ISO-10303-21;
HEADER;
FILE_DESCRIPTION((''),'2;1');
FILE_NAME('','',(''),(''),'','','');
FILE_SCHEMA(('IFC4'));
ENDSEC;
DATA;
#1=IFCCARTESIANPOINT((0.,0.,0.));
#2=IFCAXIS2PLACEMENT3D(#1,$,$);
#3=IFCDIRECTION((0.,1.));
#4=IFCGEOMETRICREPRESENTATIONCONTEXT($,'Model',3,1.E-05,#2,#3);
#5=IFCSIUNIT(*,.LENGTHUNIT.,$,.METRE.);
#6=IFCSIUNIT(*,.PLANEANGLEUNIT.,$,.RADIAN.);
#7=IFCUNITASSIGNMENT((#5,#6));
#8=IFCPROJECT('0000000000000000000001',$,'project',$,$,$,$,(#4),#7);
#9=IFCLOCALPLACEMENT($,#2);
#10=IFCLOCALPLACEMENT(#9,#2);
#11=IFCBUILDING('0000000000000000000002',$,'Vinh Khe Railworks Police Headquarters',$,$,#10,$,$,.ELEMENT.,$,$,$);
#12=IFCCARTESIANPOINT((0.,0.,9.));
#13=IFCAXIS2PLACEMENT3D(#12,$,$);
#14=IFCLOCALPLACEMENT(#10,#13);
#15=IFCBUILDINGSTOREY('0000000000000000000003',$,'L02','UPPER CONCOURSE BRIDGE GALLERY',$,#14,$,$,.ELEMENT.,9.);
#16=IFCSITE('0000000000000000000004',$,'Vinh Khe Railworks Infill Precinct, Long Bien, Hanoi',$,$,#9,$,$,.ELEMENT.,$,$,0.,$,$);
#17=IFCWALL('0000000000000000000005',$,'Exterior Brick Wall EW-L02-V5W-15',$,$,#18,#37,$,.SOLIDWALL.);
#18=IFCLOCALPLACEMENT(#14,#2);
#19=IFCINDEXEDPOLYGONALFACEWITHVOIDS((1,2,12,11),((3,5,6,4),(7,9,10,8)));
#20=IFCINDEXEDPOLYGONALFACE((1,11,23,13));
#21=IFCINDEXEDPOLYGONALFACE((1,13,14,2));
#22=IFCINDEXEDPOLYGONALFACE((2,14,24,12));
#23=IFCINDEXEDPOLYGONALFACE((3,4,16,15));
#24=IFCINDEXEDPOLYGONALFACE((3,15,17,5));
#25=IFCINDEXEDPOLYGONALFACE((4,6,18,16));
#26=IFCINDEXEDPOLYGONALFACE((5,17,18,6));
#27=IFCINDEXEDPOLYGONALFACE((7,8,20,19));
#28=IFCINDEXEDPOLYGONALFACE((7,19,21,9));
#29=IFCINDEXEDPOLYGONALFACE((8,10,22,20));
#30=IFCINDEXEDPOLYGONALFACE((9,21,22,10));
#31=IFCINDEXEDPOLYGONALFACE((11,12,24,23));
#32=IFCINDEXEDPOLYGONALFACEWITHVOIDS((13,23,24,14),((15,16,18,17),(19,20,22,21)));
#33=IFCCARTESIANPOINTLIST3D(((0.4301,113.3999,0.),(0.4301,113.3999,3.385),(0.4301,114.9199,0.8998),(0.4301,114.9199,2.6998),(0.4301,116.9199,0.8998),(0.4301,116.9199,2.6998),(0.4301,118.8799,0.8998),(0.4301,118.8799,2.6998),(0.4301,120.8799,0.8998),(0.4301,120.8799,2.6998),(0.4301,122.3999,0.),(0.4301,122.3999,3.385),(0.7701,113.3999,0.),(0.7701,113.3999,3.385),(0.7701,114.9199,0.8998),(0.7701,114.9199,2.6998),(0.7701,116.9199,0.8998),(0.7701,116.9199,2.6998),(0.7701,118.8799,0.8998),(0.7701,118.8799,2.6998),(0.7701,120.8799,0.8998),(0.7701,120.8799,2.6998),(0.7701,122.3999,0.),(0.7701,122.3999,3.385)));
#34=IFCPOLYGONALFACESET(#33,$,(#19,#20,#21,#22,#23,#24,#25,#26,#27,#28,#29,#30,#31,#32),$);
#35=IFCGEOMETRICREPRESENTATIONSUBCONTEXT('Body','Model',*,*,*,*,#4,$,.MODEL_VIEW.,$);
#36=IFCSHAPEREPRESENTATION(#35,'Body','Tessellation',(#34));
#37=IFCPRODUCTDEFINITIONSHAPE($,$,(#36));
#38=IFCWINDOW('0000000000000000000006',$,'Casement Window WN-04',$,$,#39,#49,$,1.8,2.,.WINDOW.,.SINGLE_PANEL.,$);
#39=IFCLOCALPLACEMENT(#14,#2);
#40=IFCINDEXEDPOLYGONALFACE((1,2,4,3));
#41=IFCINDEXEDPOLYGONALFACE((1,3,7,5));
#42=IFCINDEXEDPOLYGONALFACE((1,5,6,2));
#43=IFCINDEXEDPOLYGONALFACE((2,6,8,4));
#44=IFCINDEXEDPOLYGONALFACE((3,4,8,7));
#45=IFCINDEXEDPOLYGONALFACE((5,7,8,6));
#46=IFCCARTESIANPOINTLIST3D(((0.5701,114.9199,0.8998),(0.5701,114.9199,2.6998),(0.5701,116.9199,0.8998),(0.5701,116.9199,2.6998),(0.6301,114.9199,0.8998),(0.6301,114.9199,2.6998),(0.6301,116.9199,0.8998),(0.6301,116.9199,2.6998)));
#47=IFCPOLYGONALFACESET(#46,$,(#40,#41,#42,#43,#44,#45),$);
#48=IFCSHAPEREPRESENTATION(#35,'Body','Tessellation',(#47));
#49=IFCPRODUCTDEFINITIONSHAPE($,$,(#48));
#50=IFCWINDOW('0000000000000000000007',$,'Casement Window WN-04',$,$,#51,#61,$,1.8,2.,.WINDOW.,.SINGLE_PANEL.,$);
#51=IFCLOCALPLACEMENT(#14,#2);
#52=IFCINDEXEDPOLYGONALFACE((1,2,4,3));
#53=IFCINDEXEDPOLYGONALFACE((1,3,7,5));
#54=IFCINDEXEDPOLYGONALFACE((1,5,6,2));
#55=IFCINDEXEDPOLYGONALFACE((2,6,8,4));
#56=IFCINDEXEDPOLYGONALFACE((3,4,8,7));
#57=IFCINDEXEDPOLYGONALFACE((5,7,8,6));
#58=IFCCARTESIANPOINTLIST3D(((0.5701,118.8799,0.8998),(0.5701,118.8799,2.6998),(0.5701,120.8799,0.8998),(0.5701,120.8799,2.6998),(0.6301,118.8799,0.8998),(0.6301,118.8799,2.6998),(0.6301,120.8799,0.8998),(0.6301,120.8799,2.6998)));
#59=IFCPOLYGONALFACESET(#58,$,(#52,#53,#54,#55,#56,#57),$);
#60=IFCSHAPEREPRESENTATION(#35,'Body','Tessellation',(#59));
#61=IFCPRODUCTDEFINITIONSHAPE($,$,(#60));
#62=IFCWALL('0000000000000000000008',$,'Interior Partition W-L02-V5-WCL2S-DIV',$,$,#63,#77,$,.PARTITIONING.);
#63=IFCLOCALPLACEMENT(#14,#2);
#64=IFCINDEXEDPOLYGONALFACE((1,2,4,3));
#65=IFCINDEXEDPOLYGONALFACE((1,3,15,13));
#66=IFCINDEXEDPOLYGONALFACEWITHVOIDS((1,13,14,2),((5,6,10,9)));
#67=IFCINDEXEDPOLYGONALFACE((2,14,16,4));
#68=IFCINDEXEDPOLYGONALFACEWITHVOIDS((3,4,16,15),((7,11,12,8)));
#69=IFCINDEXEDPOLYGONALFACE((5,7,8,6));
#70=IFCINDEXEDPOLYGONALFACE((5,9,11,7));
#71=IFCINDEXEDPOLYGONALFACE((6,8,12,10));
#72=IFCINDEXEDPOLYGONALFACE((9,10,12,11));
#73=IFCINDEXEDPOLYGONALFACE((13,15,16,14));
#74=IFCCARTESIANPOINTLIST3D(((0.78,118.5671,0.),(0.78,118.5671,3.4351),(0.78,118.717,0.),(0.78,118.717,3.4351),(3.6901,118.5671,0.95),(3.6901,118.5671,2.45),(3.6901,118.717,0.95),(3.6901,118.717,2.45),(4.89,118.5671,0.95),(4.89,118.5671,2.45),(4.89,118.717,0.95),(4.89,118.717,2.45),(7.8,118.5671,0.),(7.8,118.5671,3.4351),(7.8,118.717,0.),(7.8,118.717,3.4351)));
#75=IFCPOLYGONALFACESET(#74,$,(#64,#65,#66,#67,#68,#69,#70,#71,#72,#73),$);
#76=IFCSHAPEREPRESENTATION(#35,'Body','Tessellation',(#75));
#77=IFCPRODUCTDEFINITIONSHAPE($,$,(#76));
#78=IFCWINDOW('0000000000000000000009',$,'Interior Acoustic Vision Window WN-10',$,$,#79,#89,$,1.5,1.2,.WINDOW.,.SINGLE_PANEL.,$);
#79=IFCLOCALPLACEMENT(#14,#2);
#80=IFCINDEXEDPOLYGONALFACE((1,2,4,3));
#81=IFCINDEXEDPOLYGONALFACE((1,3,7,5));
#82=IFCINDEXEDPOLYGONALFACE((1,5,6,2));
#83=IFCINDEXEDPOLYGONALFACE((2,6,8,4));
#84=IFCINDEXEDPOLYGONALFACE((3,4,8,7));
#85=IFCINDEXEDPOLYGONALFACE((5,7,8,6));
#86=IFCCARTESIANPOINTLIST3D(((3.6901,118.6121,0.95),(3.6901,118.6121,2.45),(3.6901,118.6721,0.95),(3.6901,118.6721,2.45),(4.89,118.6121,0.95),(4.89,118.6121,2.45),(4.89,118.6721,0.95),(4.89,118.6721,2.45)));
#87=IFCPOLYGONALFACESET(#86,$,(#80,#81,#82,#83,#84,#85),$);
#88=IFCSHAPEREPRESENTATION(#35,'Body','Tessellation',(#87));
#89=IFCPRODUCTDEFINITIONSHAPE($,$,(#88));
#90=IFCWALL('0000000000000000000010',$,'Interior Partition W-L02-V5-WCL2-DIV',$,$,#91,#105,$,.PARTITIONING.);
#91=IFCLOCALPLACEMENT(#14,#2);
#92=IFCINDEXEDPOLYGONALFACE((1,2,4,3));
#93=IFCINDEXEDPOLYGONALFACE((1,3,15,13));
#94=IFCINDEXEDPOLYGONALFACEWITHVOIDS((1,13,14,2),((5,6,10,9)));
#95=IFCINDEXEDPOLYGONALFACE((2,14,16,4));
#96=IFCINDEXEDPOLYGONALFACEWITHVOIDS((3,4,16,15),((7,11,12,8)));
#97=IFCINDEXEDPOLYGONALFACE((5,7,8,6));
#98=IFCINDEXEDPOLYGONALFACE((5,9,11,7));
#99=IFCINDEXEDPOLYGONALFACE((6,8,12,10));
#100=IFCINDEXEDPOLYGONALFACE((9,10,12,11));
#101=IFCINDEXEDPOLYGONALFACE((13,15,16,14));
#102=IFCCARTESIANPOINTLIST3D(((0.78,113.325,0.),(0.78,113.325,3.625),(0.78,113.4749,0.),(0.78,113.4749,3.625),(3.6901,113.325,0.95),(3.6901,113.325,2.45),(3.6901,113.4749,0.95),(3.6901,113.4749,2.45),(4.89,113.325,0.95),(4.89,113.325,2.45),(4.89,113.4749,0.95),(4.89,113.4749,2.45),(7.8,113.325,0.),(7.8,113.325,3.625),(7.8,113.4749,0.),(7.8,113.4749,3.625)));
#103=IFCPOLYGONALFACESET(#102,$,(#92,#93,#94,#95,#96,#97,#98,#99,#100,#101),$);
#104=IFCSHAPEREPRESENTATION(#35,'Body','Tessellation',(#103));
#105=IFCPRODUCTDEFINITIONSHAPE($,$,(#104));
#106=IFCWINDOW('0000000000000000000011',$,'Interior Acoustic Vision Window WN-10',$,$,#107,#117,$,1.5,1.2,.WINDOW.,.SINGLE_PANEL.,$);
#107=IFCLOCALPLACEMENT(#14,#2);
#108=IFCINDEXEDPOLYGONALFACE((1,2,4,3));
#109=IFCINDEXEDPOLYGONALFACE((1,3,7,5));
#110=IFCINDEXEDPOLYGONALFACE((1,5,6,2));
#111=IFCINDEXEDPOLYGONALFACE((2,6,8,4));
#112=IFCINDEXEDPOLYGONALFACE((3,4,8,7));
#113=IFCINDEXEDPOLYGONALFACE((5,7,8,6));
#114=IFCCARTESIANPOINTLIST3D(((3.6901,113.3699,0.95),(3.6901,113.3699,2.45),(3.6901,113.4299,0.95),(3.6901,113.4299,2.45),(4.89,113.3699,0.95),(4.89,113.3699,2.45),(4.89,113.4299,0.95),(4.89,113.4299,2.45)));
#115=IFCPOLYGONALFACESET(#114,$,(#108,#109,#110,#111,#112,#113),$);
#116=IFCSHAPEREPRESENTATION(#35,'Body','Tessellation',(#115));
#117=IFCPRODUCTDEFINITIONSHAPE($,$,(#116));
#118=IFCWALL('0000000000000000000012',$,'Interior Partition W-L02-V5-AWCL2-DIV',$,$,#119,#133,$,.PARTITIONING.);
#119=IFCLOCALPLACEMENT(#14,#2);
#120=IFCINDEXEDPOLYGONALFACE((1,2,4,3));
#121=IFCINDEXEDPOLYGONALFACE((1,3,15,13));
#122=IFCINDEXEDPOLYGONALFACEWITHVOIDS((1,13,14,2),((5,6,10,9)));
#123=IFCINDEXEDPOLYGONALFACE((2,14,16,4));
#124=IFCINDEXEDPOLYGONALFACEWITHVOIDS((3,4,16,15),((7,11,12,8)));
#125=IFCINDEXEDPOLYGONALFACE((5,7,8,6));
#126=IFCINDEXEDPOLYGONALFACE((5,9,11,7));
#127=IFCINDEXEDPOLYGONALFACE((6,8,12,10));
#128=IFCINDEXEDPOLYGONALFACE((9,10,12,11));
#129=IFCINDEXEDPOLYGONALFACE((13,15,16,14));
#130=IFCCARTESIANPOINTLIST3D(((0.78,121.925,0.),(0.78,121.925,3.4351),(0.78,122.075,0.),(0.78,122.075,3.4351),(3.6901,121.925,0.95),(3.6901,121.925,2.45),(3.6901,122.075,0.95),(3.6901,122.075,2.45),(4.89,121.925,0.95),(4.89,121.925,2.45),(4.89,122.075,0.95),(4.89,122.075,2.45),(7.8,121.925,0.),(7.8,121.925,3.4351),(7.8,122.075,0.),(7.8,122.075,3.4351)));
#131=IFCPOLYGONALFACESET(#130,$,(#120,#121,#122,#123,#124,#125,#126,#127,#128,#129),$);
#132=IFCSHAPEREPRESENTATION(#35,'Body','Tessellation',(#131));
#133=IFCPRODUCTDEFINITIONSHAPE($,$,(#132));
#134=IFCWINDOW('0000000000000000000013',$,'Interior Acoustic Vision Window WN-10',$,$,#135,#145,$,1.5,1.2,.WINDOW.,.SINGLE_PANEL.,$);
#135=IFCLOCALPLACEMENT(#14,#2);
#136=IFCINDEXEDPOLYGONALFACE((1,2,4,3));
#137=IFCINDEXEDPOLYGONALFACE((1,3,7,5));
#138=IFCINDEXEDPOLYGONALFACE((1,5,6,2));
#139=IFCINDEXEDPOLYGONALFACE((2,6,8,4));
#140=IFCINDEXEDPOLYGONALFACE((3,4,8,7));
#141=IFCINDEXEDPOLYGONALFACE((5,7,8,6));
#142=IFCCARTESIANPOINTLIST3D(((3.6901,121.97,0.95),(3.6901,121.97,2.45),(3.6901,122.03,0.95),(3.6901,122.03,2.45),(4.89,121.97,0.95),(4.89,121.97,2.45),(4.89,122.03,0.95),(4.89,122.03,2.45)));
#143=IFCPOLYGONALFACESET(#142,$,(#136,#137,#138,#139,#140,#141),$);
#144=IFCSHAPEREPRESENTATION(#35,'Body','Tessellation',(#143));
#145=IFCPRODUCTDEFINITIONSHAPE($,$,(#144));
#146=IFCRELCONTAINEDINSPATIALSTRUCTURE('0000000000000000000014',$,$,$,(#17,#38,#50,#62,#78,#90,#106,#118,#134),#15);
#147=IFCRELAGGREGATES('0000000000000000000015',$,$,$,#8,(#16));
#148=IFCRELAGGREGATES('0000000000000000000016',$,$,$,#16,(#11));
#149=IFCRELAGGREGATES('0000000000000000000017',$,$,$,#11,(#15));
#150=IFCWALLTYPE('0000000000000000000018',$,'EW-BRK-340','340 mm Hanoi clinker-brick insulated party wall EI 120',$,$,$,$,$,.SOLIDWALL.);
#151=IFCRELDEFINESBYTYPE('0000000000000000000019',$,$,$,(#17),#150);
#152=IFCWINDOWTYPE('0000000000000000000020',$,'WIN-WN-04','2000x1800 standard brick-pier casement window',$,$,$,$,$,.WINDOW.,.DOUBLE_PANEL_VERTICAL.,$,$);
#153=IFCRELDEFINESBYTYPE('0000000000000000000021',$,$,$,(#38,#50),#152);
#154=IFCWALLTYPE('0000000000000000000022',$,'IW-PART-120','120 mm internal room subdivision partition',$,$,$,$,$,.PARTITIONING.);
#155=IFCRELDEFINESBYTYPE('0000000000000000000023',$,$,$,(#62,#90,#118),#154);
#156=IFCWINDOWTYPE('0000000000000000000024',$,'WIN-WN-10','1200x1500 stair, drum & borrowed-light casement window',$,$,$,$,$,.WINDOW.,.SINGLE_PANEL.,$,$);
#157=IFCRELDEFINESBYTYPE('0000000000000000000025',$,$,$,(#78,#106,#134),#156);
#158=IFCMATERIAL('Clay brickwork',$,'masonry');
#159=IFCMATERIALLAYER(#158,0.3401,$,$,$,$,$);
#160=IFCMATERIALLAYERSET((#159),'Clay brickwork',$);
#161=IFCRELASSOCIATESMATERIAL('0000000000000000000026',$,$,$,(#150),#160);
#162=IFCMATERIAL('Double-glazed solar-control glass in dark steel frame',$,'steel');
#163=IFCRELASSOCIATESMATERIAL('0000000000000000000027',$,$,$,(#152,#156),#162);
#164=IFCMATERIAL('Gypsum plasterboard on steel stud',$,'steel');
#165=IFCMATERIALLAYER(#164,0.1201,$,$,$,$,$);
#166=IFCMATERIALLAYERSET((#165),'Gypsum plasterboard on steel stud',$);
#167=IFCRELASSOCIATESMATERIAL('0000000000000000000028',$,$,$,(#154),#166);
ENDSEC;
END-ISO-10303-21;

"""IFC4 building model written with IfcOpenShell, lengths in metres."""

from ifc_helpers import new_model, si_unit, direction, frame, frame_2d, origin, place, context, subcontext, project, spatial, rectangle, extrude, material, layer, layer_set, type_object, element, fill, save


model = new_model("IFC4")

# Units and contexts
model_context = context("Model", 3, precision=1e-05, world=origin(), true_north=direction((0.0, 1.0)))
body_context = subcontext(model_context, "Body", "Model", "MODEL_VIEW")
ifc_project = project(units=[si_unit("LENGTHUNIT", "METRE"), si_unit("PLANEANGLEUNIT", "RADIAN")], contexts=[model_context])

# Site, building, storey
site_placement = place(None, origin())
site = spatial("IfcSite", under=ifc_project, at=site_placement, Name="Vinh Khe Railworks Infill Precinct, Long Bien, Hanoi", CompositionType="ELEMENT", RefElevation=0.0)
building_placement = place(site_placement, origin())
building = spatial("IfcBuilding", under=site, at=building_placement, Name="Vinh Khe Railworks Police Headquarters", CompositionType="ELEMENT")
storey_placement = place(building_placement, frame((0.0, 0.0, 9.0)))
storey = spatial("IfcBuildingStorey", under=building, at=storey_placement, Name="L02", Description="UPPER CONCOURSE BRIDGE GALLERY", CompositionType="ELEMENT", Elevation=9.0)

# Wall, openings, windows
ifc_material_1 = material(Name="Clay brickwork", Category="masonry")
ifc_layer_1 = layer(ifc_material_1, 0.3401)
ifc_layer_set_1 = layer_set([ifc_layer_1], Name="Clay brickwork")
wall_type_1 = type_object("IfcWallType", Name="EW-BRK-340", Description="340 mm Hanoi clinker-brick insulated party wall EI 120", PredefinedType="SOLIDWALL", material=ifc_layer_set_1)
wall_1_placement = place(storey_placement, frame((0.6001, 113.3999, 0.0), z_axis=(0.0, 0.0, 1.0), x_axis=(0.0, 1.0, 0.0)))
wall_1 = element("IfcWall", 1, at=wall_1_placement, inside=storey, type_object=wall_type_1, Name="Exterior Brick Wall EW-L02-V5W-15", PredefinedType="SOLIDWALL", context=body_context, shape_type="SweptSolid", body=[
    extrude(rectangle(XDim=9.0, YDim=0.3401, at=frame_2d((4.5, 0.0))), origin(), (0.0, 0.0, 1.0), 3.385),
])
opening_1_placement = place(wall_1_placement, frame((1.52, 0.0, 0.8999)))
opening_1 = element("IfcOpeningElement", 2, at=opening_1_placement, cuts=wall_1, PredefinedType="OPENING", context=body_context, shape_type="SweptSolid", body=[
    extrude(rectangle(XDim=2.0, YDim=1.8, at=frame_2d((1.0, 0.8999))), frame((0.0, 0.1851, 0.0), z_axis=(0.0, -1.0, 0.0), x_axis=(1.0, 0.0, 0.0)), (0.0, 0.0, 1.0), 0.3699),
])
opening_2_placement = place(wall_1_placement, frame((5.48, 0.0, 0.8999)))
opening_2 = element("IfcOpeningElement", 3, at=opening_2_placement, cuts=wall_1, PredefinedType="OPENING", context=body_context, shape_type="SweptSolid", body=[
    extrude(rectangle(XDim=2.0, YDim=1.8, at=frame_2d((1.0, 0.8999))), frame((0.0, 0.1851, 0.0), z_axis=(0.0, -1.0, 0.0), x_axis=(1.0, 0.0, 0.0)), (0.0, 0.0, 1.0), 0.3699),
])
ifc_material_2 = material(Name="Double-glazed solar-control glass in dark steel frame", Category="steel")
window_type_1 = type_object("IfcWindowType", Name="WIN-WN-04", Description="2000x1800 standard brick-pier casement window", PartitioningType="DOUBLE_PANEL_VERTICAL", PredefinedType="WINDOW", material=ifc_material_2)
window_1_placement = place(opening_1_placement, origin())
window_1 = element("IfcWindow", 4, at=window_1_placement, inside=storey, type_object=window_type_1, Name="Casement Window WN-04", OverallHeight=1.8, OverallWidth=2.0, PartitioningType="SINGLE_PANEL", PredefinedType="WINDOW", context=body_context, shape_type="SweptSolid", body=[
    extrude(rectangle(XDim=2.0, YDim=1.8, at=frame_2d((1.0, 0.8999))), frame((0.0, 0.03, 0.0), z_axis=(0.0, -1.0, 0.0), x_axis=(1.0, 0.0, 0.0)), (0.0, 0.0, 1.0), 0.0601),
])
fill(opening_1, window_1)
window_2_placement = place(opening_2_placement, origin())
window_2 = element("IfcWindow", 5, at=window_2_placement, inside=storey, type_object=window_type_1, Name="Casement Window WN-04", OverallHeight=1.8, OverallWidth=2.0, PartitioningType="SINGLE_PANEL", PredefinedType="WINDOW", context=body_context, shape_type="SweptSolid", body=[
    extrude(rectangle(XDim=2.0, YDim=1.8, at=frame_2d((1.0, 0.8999))), frame((0.0, 0.03, 0.0), z_axis=(0.0, -1.0, 0.0), x_axis=(1.0, 0.0, 0.0)), (0.0, 0.0, 1.0), 0.0601),
])
fill(opening_2, window_2)

# Walls, openings, windows
ifc_material_3 = material(Name="Gypsum plasterboard on steel stud", Category="steel")
ifc_layer_2 = layer(ifc_material_3, 0.1201)
ifc_layer_set_2 = layer_set([ifc_layer_2], Name="Gypsum plasterboard on steel stud")
wall_type_2 = type_object("IfcWallType", Name="IW-PART-120", Description="120 mm internal room subdivision partition", PredefinedType="PARTITIONING", material=ifc_layer_set_2)
wall_2_placement = place(storey_placement, frame((0.78, 118.6421, 0.0), z_axis=(0.0, 0.0, 1.0), x_axis=(1.0, 0.0, 0.0)))
wall_2 = element("IfcWall", 6, at=wall_2_placement, inside=storey, type_object=wall_type_2, Name="Interior Partition W-L02-V5-WCL2S-DIV", PredefinedType="PARTITIONING", context=body_context, shape_type="SweptSolid", body=[
    extrude(rectangle(XDim=7.02, YDim=0.1499, at=frame_2d((3.51, 0.0))), origin(), (0.0, 0.0, 1.0), 3.4351),
])
opening_3_placement = place(wall_2_placement, frame((2.9099, 0.0, 0.95)))
opening_3 = element("IfcOpeningElement", 7, at=opening_3_placement, cuts=wall_2, PredefinedType="OPENING", context=body_context, shape_type="SweptSolid", body=[
    extrude(rectangle(XDim=1.2, YDim=1.5, at=frame_2d((0.6001, 0.75))), frame((0.0, 0.0898, 0.0), z_axis=(0.0, -1.0, 0.0), x_axis=(1.0, 0.0, 0.0)), (0.0, 0.0, 1.0), 0.1797),
])
window_type_2 = type_object("IfcWindowType", Name="WIN-WN-10", Description="1200x1500 stair, drum & borrowed-light casement window", PartitioningType="SINGLE_PANEL", PredefinedType="WINDOW", material=ifc_material_2)
window_3_placement = place(opening_3_placement, origin())
window_3 = element("IfcWindow", 8, at=window_3_placement, inside=storey, type_object=window_type_2, Name="Interior Acoustic Vision Window WN-10", OverallHeight=1.5, OverallWidth=1.2, PartitioningType="SINGLE_PANEL", PredefinedType="WINDOW", context=body_context, shape_type="SweptSolid", body=[
    extrude(rectangle(XDim=1.2, YDim=1.5, at=frame_2d((0.6001, 0.75))), frame((0.0, 0.03, 0.0), z_axis=(0.0, -1.0, 0.0), x_axis=(1.0, 0.0, 0.0)), (0.0, 0.0, 1.0), 0.0601),
])
fill(opening_3, window_3)
wall_3_placement = place(storey_placement, frame((0.78, 113.3999, 0.0), z_axis=(0.0, 0.0, 1.0), x_axis=(1.0, 0.0, 0.0)))
wall_3 = element("IfcWall", 9, at=wall_3_placement, inside=storey, type_object=wall_type_2, Name="Interior Partition W-L02-V5-WCL2-DIV", PredefinedType="PARTITIONING", context=body_context, shape_type="SweptSolid", body=[
    extrude(rectangle(XDim=7.02, YDim=0.1499, at=frame_2d((3.51, 0.0))), origin(), (0.0, 0.0, 1.0), 3.625),
])
opening_4_placement = place(wall_3_placement, frame((2.9099, 0.0, 0.95)))
opening_4 = element("IfcOpeningElement", 10, at=opening_4_placement, cuts=wall_3, PredefinedType="OPENING", context=body_context, shape_type="SweptSolid", body=[
    extrude(rectangle(XDim=1.2, YDim=1.5, at=frame_2d((0.6001, 0.75))), frame((0.0, 0.0898, 0.0), z_axis=(0.0, -1.0, 0.0), x_axis=(1.0, 0.0, 0.0)), (0.0, 0.0, 1.0), 0.1797),
])
window_4_placement = place(opening_4_placement, origin())
window_4 = element("IfcWindow", 11, at=window_4_placement, inside=storey, type_object=window_type_2, Name="Interior Acoustic Vision Window WN-10", OverallHeight=1.5, OverallWidth=1.2, PartitioningType="SINGLE_PANEL", PredefinedType="WINDOW", context=body_context, shape_type="SweptSolid", body=[
    extrude(rectangle(XDim=1.2, YDim=1.5, at=frame_2d((0.6001, 0.75))), frame((0.0, 0.03, 0.0), z_axis=(0.0, -1.0, 0.0), x_axis=(1.0, 0.0, 0.0)), (0.0, 0.0, 1.0), 0.0601),
])
fill(opening_4, window_4)
wall_4_placement = place(storey_placement, frame((0.78, 122.0, 0.0), z_axis=(0.0, 0.0, 1.0), x_axis=(1.0, 0.0, 0.0)))
wall_4 = element("IfcWall", 12, at=wall_4_placement, inside=storey, type_object=wall_type_2, Name="Interior Partition W-L02-V5-AWCL2-DIV", PredefinedType="PARTITIONING", context=body_context, shape_type="SweptSolid", body=[
    extrude(rectangle(XDim=7.02, YDim=0.1499, at=frame_2d((3.51, 0.0))), origin(), (0.0, 0.0, 1.0), 3.4351),
])
opening_5_placement = place(wall_4_placement, frame((2.9099, 0.0, 0.95)))
opening_5 = element("IfcOpeningElement", 13, at=opening_5_placement, cuts=wall_4, PredefinedType="OPENING", context=body_context, shape_type="SweptSolid", body=[
    extrude(rectangle(XDim=1.2, YDim=1.5, at=frame_2d((0.6001, 0.75))), frame((0.0, 0.0898, 0.0), z_axis=(0.0, -1.0, 0.0), x_axis=(1.0, 0.0, 0.0)), (0.0, 0.0, 1.0), 0.1797),
])
window_5_placement = place(opening_5_placement, origin())
window_5 = element("IfcWindow", 14, at=window_5_placement, inside=storey, type_object=window_type_2, Name="Interior Acoustic Vision Window WN-10", OverallHeight=1.5, OverallWidth=1.2, PartitioningType="SINGLE_PANEL", PredefinedType="WINDOW", context=body_context, shape_type="SweptSolid", body=[
    extrude(rectangle(XDim=1.2, YDim=1.5, at=frame_2d((0.6001, 0.75))), frame((0.0, 0.03, 0.0), z_axis=(0.0, -1.0, 0.0), x_axis=(1.0, 0.0, 0.0)), (0.0, 0.0, 1.0), 0.0601),
])
fill(opening_5, window_5)

save(model, "model.ifc")
